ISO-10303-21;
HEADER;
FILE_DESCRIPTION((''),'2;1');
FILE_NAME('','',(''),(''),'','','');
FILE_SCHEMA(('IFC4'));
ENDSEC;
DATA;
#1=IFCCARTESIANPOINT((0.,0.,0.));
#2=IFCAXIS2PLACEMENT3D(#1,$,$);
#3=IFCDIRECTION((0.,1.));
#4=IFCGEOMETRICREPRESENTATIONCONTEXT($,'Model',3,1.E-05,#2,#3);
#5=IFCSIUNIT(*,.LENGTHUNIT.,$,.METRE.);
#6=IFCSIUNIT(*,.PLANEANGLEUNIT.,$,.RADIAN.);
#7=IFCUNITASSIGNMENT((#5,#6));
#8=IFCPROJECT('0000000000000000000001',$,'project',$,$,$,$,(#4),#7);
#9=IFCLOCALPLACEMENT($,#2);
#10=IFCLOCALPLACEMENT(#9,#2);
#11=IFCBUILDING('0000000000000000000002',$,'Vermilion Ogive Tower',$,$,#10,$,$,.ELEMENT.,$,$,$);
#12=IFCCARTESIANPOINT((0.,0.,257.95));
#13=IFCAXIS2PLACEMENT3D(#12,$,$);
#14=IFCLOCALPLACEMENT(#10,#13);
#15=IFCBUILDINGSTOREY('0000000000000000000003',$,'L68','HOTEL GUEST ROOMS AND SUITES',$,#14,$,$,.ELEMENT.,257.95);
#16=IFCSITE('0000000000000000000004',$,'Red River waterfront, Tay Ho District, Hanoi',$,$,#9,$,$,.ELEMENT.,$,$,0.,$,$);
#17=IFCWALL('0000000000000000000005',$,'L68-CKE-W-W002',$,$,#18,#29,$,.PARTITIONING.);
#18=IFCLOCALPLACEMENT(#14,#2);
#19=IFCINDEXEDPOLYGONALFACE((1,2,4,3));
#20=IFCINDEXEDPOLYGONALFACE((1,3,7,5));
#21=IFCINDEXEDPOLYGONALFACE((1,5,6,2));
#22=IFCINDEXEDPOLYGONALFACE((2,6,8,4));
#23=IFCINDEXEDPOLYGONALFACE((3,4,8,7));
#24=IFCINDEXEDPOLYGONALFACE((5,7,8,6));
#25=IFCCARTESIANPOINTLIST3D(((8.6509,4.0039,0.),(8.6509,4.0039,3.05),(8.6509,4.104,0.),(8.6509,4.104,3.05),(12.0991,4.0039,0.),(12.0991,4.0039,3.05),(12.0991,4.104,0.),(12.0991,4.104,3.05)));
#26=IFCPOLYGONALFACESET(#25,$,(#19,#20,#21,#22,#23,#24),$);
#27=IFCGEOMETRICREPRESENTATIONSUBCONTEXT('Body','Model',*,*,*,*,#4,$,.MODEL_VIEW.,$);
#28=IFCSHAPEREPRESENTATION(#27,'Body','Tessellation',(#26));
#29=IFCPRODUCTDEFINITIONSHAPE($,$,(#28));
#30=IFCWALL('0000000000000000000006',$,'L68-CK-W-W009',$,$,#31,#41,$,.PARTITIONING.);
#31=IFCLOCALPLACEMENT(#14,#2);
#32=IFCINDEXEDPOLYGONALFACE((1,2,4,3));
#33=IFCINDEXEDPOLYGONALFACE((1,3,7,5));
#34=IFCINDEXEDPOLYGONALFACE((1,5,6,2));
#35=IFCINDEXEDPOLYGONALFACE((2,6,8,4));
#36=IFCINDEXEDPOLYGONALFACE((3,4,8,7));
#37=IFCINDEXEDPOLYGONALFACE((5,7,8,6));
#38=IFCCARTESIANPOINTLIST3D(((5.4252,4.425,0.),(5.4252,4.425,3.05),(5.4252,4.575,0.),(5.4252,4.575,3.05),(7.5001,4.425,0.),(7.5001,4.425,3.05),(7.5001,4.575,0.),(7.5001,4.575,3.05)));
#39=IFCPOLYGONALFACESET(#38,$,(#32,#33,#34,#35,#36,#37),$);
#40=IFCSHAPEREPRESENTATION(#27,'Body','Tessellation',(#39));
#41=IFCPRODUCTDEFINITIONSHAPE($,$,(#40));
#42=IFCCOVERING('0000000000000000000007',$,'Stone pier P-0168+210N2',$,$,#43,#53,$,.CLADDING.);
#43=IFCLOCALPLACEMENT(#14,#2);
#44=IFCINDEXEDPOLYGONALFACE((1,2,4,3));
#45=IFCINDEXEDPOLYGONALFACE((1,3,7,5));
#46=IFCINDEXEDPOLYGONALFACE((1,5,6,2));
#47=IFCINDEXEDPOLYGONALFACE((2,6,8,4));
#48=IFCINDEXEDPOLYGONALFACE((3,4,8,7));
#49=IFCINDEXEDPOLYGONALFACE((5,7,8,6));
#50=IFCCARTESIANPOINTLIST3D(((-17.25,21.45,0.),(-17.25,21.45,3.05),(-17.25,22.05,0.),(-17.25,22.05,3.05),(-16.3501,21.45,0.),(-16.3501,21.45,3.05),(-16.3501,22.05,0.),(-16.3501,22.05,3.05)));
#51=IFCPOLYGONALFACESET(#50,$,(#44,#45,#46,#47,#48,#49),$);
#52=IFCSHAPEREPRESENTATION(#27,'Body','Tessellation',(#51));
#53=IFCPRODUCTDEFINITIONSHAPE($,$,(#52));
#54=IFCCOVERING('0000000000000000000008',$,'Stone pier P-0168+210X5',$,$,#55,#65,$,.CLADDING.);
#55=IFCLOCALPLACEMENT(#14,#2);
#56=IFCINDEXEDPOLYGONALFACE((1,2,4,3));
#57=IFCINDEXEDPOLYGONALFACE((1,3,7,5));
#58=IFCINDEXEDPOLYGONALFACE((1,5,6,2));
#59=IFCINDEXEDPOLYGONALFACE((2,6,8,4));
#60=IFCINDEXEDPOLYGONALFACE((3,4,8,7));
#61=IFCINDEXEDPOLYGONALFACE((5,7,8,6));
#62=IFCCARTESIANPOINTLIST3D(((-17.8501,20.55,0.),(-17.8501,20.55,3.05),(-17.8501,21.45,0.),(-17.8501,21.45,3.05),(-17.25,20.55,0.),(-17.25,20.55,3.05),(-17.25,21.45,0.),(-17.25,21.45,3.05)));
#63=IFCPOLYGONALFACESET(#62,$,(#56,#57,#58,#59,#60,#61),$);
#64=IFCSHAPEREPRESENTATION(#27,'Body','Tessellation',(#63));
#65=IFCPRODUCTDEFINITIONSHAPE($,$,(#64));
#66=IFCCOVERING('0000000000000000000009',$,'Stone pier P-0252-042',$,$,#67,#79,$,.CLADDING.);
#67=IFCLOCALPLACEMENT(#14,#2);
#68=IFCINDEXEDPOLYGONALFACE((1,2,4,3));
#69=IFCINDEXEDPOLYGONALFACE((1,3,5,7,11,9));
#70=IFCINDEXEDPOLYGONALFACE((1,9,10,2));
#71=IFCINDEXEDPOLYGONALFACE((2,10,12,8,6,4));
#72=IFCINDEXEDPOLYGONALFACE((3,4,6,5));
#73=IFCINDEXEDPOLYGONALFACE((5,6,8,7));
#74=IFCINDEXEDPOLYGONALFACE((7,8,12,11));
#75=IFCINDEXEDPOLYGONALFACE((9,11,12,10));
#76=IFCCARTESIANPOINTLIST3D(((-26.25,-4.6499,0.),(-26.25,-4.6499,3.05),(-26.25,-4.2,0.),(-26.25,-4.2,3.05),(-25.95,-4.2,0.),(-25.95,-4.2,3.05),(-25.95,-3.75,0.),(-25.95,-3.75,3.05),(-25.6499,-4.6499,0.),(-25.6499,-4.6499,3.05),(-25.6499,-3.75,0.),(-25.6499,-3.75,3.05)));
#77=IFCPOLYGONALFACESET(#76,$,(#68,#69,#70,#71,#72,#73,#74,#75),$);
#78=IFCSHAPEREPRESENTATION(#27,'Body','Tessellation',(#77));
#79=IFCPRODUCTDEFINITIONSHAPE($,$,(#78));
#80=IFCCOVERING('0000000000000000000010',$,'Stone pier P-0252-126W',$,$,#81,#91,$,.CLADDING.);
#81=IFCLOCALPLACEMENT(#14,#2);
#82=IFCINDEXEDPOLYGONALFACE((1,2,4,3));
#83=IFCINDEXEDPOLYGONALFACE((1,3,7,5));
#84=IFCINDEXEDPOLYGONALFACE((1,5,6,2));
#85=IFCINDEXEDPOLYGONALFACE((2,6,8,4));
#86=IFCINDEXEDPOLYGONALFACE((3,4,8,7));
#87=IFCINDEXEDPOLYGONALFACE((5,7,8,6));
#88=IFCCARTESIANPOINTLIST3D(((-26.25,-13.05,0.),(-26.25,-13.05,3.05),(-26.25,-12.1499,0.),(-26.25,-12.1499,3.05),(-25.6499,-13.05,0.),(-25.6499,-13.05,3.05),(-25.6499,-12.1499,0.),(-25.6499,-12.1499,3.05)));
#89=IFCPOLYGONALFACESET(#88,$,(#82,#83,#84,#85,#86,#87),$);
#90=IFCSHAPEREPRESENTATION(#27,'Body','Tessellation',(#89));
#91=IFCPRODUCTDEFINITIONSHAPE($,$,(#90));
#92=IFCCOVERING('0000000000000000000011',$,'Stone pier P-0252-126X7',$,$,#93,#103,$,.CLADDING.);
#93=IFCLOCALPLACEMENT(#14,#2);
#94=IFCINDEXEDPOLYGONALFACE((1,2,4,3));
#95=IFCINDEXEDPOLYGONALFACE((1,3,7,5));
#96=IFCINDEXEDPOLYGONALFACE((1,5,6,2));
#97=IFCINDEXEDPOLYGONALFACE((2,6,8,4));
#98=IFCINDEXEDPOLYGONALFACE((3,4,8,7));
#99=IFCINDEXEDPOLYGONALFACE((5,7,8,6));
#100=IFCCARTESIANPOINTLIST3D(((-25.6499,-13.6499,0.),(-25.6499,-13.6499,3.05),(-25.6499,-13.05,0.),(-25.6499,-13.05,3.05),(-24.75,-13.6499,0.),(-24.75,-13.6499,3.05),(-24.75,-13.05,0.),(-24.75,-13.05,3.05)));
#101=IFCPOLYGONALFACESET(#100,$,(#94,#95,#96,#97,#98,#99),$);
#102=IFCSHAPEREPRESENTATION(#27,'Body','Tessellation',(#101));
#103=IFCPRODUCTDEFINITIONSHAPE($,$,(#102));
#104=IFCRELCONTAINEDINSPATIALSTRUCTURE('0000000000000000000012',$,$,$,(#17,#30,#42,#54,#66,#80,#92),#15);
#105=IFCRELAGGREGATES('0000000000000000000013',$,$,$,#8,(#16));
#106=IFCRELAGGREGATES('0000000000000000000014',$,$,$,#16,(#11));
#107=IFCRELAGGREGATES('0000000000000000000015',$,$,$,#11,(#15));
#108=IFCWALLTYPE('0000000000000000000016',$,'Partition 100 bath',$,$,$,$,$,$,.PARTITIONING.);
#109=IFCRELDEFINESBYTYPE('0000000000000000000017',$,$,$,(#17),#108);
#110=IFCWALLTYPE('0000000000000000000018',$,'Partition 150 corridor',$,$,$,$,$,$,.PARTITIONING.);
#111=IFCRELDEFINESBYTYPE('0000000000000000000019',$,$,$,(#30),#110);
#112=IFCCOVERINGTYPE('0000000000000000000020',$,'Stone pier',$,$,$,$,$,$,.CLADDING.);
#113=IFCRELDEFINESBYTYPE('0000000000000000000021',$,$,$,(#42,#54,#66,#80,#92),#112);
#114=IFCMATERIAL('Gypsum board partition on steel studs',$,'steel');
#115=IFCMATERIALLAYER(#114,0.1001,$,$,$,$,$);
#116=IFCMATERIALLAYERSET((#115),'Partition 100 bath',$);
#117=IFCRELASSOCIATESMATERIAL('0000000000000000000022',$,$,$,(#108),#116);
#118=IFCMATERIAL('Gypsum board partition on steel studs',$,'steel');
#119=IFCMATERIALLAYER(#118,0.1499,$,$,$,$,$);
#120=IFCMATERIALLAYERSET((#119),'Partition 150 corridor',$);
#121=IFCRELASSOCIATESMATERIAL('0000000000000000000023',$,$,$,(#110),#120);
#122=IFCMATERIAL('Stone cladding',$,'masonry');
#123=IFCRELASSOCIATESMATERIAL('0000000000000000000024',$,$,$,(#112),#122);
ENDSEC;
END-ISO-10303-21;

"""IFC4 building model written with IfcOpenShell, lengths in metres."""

from ifc_helpers import new_model, si_unit, direction, frame, frame_2d, origin, place, context, subcontext, project, spatial, polyline, rectangle, outline, extrude, material, layer, layer_set, type_object, element, save


model = new_model("IFC4")

# Units and contexts
model_context = context("Model", 3, precision=1e-05, world=origin(), true_north=direction((0.0, 1.0)))
body_context = subcontext(model_context, "Body", "Model", "MODEL_VIEW")
ifc_project = project(units=[si_unit("LENGTHUNIT", "METRE"), si_unit("PLANEANGLEUNIT", "RADIAN")], contexts=[model_context])

# Site, building, storey
site_placement = place(None, origin())
site = spatial("IfcSite", under=ifc_project, at=site_placement, Name="Red River waterfront, Tay Ho District, Hanoi", CompositionType="ELEMENT", RefElevation=0.0)
building_placement = place(site_placement, origin())
building = spatial("IfcBuilding", under=site, at=building_placement, Name="Vermilion Ogive Tower", CompositionType="ELEMENT")
storey_placement = place(building_placement, frame((0.0, 0.0, 257.95)))
storey = spatial("IfcBuildingStorey", under=building, at=storey_placement, Name="L68", Description="HOTEL GUEST ROOMS AND SUITES", CompositionType="ELEMENT", Elevation=257.95)

# Walls
ifc_material_1 = material(Name="Gypsum board partition on steel studs", Category="steel")
ifc_layer_1 = layer(ifc_material_1, 0.1001)
ifc_layer_set_1 = layer_set([ifc_layer_1], Name="Partition 100 bath")
wall_type_1 = type_object("IfcWallType", Name="Partition 100 bath", PredefinedType="PARTITIONING", material=ifc_layer_set_1)
wall_1_placement = place(storey_placement, frame((8.6509, 4.054, 0.0), z_axis=(0.0, 0.0, 1.0), x_axis=(1.0, 0.0, 0.0)))
element("IfcWall", 1, at=wall_1_placement, inside=storey, type_object=wall_type_1, Name="L68-CKE-W-W002", PredefinedType="PARTITIONING", context=body_context, shape_type="SweptSolid", body=[
    extrude(rectangle(XDim=3.4482, YDim=0.1001, at=frame_2d((1.7241, 0.0))), origin(), (0.0, 0.0, 1.0), 3.05),
])
ifc_material_2 = material(Name="Gypsum board partition on steel studs", Category="steel")
ifc_layer_2 = layer(ifc_material_2, 0.1499)
ifc_layer_set_2 = layer_set([ifc_layer_2], Name="Partition 150 corridor")
wall_type_2 = type_object("IfcWallType", Name="Partition 150 corridor", PredefinedType="PARTITIONING", material=ifc_layer_set_2)
wall_2_placement = place(storey_placement, frame((5.425, 4.5, 0.0), z_axis=(0.0, 0.0, 1.0), x_axis=(1.0, 0.0, 0.0)))
element("IfcWall", 2, at=wall_2_placement, inside=storey, type_object=wall_type_2, Name="L68-CK-W-W009", PredefinedType="PARTITIONING", context=body_context, shape_type="SweptSolid", body=[
    extrude(rectangle(XDim=2.075, YDim=0.1499, at=frame_2d((1.0376, 0.0))), origin(), (0.0, 0.0, 1.0), 3.05),
])

# Coverings
ifc_material_3 = material(Name="Stone cladding", Category="masonry")
covering_type = type_object("IfcCoveringType", Name="Stone pier", PredefinedType="CLADDING", material=ifc_material_3)
covering_1_placement = place(storey_placement, origin())
element("IfcCovering", 3, at=covering_1_placement, inside=storey, type_object=covering_type, Name="Stone pier P-0168+210N2", PredefinedType="CLADDING", context=body_context, shape_type="SweptSolid", body=[
    extrude(outline(polyline([(-17.25, 21.45), (-17.25, 22.05), (-16.3501, 22.05), (-16.3501, 21.45), (-17.25, 21.45), (-17.25, 21.45)])), origin(), (0.0, 0.0, 1.0), 3.05),
])
covering_2_placement = place(storey_placement, origin())
element("IfcCovering", 4, at=covering_2_placement, inside=storey, type_object=covering_type, Name="Stone pier P-0168+210X5", PredefinedType="CLADDING", context=body_context, shape_type="SweptSolid", body=[
    extrude(outline(polyline([(-17.8501, 21.45), (-17.25, 21.45), (-17.25, 21.45), (-17.25, 20.55), (-17.8501, 20.55), (-17.8501, 21.45)])), origin(), (0.0, 0.0, 1.0), 3.05),
])
covering_3_placement = place(storey_placement, origin())
element("IfcCovering", 5, at=covering_3_placement, inside=storey, type_object=covering_type, Name="Stone pier P-0252-042", PredefinedType="CLADDING", context=body_context, shape_type="SweptSolid", body=[
    extrude(outline(polyline([(-26.25, -4.6499), (-26.25, -4.2), (-25.95, -4.2), (-25.95, -3.75), (-25.6499, -3.75), (-25.6499, -4.6499), (-26.25, -4.6499)])), origin(), (0.0, 0.0, 1.0), 3.05),
])
covering_4_placement = place(storey_placement, origin())
element("IfcCovering", 6, at=covering_4_placement, inside=storey, type_object=covering_type, Name="Stone pier P-0252-126W", PredefinedType="CLADDING", context=body_context, shape_type="SweptSolid", body=[
    extrude(outline(polyline([(-26.25, -13.05), (-26.25, -12.1499), (-25.6499, -12.1499), (-25.6499, -13.05), (-26.25, -13.05)])), origin(), (0.0, 0.0, 1.0), 3.05),
])
covering_5_placement = place(storey_placement, origin())
element("IfcCovering", 7, at=covering_5_placement, inside=storey, type_object=covering_type, Name="Stone pier P-0252-126X7", PredefinedType="CLADDING", context=body_context, shape_type="SweptSolid", body=[
    extrude(outline(polyline([(-25.6499, -13.6499), (-25.6499, -13.05), (-24.75, -13.05), (-24.75, -13.6499), (-25.6499, -13.6499)])), origin(), (0.0, 0.0, 1.0), 3.05),
])

save(model, "model.ifc")
